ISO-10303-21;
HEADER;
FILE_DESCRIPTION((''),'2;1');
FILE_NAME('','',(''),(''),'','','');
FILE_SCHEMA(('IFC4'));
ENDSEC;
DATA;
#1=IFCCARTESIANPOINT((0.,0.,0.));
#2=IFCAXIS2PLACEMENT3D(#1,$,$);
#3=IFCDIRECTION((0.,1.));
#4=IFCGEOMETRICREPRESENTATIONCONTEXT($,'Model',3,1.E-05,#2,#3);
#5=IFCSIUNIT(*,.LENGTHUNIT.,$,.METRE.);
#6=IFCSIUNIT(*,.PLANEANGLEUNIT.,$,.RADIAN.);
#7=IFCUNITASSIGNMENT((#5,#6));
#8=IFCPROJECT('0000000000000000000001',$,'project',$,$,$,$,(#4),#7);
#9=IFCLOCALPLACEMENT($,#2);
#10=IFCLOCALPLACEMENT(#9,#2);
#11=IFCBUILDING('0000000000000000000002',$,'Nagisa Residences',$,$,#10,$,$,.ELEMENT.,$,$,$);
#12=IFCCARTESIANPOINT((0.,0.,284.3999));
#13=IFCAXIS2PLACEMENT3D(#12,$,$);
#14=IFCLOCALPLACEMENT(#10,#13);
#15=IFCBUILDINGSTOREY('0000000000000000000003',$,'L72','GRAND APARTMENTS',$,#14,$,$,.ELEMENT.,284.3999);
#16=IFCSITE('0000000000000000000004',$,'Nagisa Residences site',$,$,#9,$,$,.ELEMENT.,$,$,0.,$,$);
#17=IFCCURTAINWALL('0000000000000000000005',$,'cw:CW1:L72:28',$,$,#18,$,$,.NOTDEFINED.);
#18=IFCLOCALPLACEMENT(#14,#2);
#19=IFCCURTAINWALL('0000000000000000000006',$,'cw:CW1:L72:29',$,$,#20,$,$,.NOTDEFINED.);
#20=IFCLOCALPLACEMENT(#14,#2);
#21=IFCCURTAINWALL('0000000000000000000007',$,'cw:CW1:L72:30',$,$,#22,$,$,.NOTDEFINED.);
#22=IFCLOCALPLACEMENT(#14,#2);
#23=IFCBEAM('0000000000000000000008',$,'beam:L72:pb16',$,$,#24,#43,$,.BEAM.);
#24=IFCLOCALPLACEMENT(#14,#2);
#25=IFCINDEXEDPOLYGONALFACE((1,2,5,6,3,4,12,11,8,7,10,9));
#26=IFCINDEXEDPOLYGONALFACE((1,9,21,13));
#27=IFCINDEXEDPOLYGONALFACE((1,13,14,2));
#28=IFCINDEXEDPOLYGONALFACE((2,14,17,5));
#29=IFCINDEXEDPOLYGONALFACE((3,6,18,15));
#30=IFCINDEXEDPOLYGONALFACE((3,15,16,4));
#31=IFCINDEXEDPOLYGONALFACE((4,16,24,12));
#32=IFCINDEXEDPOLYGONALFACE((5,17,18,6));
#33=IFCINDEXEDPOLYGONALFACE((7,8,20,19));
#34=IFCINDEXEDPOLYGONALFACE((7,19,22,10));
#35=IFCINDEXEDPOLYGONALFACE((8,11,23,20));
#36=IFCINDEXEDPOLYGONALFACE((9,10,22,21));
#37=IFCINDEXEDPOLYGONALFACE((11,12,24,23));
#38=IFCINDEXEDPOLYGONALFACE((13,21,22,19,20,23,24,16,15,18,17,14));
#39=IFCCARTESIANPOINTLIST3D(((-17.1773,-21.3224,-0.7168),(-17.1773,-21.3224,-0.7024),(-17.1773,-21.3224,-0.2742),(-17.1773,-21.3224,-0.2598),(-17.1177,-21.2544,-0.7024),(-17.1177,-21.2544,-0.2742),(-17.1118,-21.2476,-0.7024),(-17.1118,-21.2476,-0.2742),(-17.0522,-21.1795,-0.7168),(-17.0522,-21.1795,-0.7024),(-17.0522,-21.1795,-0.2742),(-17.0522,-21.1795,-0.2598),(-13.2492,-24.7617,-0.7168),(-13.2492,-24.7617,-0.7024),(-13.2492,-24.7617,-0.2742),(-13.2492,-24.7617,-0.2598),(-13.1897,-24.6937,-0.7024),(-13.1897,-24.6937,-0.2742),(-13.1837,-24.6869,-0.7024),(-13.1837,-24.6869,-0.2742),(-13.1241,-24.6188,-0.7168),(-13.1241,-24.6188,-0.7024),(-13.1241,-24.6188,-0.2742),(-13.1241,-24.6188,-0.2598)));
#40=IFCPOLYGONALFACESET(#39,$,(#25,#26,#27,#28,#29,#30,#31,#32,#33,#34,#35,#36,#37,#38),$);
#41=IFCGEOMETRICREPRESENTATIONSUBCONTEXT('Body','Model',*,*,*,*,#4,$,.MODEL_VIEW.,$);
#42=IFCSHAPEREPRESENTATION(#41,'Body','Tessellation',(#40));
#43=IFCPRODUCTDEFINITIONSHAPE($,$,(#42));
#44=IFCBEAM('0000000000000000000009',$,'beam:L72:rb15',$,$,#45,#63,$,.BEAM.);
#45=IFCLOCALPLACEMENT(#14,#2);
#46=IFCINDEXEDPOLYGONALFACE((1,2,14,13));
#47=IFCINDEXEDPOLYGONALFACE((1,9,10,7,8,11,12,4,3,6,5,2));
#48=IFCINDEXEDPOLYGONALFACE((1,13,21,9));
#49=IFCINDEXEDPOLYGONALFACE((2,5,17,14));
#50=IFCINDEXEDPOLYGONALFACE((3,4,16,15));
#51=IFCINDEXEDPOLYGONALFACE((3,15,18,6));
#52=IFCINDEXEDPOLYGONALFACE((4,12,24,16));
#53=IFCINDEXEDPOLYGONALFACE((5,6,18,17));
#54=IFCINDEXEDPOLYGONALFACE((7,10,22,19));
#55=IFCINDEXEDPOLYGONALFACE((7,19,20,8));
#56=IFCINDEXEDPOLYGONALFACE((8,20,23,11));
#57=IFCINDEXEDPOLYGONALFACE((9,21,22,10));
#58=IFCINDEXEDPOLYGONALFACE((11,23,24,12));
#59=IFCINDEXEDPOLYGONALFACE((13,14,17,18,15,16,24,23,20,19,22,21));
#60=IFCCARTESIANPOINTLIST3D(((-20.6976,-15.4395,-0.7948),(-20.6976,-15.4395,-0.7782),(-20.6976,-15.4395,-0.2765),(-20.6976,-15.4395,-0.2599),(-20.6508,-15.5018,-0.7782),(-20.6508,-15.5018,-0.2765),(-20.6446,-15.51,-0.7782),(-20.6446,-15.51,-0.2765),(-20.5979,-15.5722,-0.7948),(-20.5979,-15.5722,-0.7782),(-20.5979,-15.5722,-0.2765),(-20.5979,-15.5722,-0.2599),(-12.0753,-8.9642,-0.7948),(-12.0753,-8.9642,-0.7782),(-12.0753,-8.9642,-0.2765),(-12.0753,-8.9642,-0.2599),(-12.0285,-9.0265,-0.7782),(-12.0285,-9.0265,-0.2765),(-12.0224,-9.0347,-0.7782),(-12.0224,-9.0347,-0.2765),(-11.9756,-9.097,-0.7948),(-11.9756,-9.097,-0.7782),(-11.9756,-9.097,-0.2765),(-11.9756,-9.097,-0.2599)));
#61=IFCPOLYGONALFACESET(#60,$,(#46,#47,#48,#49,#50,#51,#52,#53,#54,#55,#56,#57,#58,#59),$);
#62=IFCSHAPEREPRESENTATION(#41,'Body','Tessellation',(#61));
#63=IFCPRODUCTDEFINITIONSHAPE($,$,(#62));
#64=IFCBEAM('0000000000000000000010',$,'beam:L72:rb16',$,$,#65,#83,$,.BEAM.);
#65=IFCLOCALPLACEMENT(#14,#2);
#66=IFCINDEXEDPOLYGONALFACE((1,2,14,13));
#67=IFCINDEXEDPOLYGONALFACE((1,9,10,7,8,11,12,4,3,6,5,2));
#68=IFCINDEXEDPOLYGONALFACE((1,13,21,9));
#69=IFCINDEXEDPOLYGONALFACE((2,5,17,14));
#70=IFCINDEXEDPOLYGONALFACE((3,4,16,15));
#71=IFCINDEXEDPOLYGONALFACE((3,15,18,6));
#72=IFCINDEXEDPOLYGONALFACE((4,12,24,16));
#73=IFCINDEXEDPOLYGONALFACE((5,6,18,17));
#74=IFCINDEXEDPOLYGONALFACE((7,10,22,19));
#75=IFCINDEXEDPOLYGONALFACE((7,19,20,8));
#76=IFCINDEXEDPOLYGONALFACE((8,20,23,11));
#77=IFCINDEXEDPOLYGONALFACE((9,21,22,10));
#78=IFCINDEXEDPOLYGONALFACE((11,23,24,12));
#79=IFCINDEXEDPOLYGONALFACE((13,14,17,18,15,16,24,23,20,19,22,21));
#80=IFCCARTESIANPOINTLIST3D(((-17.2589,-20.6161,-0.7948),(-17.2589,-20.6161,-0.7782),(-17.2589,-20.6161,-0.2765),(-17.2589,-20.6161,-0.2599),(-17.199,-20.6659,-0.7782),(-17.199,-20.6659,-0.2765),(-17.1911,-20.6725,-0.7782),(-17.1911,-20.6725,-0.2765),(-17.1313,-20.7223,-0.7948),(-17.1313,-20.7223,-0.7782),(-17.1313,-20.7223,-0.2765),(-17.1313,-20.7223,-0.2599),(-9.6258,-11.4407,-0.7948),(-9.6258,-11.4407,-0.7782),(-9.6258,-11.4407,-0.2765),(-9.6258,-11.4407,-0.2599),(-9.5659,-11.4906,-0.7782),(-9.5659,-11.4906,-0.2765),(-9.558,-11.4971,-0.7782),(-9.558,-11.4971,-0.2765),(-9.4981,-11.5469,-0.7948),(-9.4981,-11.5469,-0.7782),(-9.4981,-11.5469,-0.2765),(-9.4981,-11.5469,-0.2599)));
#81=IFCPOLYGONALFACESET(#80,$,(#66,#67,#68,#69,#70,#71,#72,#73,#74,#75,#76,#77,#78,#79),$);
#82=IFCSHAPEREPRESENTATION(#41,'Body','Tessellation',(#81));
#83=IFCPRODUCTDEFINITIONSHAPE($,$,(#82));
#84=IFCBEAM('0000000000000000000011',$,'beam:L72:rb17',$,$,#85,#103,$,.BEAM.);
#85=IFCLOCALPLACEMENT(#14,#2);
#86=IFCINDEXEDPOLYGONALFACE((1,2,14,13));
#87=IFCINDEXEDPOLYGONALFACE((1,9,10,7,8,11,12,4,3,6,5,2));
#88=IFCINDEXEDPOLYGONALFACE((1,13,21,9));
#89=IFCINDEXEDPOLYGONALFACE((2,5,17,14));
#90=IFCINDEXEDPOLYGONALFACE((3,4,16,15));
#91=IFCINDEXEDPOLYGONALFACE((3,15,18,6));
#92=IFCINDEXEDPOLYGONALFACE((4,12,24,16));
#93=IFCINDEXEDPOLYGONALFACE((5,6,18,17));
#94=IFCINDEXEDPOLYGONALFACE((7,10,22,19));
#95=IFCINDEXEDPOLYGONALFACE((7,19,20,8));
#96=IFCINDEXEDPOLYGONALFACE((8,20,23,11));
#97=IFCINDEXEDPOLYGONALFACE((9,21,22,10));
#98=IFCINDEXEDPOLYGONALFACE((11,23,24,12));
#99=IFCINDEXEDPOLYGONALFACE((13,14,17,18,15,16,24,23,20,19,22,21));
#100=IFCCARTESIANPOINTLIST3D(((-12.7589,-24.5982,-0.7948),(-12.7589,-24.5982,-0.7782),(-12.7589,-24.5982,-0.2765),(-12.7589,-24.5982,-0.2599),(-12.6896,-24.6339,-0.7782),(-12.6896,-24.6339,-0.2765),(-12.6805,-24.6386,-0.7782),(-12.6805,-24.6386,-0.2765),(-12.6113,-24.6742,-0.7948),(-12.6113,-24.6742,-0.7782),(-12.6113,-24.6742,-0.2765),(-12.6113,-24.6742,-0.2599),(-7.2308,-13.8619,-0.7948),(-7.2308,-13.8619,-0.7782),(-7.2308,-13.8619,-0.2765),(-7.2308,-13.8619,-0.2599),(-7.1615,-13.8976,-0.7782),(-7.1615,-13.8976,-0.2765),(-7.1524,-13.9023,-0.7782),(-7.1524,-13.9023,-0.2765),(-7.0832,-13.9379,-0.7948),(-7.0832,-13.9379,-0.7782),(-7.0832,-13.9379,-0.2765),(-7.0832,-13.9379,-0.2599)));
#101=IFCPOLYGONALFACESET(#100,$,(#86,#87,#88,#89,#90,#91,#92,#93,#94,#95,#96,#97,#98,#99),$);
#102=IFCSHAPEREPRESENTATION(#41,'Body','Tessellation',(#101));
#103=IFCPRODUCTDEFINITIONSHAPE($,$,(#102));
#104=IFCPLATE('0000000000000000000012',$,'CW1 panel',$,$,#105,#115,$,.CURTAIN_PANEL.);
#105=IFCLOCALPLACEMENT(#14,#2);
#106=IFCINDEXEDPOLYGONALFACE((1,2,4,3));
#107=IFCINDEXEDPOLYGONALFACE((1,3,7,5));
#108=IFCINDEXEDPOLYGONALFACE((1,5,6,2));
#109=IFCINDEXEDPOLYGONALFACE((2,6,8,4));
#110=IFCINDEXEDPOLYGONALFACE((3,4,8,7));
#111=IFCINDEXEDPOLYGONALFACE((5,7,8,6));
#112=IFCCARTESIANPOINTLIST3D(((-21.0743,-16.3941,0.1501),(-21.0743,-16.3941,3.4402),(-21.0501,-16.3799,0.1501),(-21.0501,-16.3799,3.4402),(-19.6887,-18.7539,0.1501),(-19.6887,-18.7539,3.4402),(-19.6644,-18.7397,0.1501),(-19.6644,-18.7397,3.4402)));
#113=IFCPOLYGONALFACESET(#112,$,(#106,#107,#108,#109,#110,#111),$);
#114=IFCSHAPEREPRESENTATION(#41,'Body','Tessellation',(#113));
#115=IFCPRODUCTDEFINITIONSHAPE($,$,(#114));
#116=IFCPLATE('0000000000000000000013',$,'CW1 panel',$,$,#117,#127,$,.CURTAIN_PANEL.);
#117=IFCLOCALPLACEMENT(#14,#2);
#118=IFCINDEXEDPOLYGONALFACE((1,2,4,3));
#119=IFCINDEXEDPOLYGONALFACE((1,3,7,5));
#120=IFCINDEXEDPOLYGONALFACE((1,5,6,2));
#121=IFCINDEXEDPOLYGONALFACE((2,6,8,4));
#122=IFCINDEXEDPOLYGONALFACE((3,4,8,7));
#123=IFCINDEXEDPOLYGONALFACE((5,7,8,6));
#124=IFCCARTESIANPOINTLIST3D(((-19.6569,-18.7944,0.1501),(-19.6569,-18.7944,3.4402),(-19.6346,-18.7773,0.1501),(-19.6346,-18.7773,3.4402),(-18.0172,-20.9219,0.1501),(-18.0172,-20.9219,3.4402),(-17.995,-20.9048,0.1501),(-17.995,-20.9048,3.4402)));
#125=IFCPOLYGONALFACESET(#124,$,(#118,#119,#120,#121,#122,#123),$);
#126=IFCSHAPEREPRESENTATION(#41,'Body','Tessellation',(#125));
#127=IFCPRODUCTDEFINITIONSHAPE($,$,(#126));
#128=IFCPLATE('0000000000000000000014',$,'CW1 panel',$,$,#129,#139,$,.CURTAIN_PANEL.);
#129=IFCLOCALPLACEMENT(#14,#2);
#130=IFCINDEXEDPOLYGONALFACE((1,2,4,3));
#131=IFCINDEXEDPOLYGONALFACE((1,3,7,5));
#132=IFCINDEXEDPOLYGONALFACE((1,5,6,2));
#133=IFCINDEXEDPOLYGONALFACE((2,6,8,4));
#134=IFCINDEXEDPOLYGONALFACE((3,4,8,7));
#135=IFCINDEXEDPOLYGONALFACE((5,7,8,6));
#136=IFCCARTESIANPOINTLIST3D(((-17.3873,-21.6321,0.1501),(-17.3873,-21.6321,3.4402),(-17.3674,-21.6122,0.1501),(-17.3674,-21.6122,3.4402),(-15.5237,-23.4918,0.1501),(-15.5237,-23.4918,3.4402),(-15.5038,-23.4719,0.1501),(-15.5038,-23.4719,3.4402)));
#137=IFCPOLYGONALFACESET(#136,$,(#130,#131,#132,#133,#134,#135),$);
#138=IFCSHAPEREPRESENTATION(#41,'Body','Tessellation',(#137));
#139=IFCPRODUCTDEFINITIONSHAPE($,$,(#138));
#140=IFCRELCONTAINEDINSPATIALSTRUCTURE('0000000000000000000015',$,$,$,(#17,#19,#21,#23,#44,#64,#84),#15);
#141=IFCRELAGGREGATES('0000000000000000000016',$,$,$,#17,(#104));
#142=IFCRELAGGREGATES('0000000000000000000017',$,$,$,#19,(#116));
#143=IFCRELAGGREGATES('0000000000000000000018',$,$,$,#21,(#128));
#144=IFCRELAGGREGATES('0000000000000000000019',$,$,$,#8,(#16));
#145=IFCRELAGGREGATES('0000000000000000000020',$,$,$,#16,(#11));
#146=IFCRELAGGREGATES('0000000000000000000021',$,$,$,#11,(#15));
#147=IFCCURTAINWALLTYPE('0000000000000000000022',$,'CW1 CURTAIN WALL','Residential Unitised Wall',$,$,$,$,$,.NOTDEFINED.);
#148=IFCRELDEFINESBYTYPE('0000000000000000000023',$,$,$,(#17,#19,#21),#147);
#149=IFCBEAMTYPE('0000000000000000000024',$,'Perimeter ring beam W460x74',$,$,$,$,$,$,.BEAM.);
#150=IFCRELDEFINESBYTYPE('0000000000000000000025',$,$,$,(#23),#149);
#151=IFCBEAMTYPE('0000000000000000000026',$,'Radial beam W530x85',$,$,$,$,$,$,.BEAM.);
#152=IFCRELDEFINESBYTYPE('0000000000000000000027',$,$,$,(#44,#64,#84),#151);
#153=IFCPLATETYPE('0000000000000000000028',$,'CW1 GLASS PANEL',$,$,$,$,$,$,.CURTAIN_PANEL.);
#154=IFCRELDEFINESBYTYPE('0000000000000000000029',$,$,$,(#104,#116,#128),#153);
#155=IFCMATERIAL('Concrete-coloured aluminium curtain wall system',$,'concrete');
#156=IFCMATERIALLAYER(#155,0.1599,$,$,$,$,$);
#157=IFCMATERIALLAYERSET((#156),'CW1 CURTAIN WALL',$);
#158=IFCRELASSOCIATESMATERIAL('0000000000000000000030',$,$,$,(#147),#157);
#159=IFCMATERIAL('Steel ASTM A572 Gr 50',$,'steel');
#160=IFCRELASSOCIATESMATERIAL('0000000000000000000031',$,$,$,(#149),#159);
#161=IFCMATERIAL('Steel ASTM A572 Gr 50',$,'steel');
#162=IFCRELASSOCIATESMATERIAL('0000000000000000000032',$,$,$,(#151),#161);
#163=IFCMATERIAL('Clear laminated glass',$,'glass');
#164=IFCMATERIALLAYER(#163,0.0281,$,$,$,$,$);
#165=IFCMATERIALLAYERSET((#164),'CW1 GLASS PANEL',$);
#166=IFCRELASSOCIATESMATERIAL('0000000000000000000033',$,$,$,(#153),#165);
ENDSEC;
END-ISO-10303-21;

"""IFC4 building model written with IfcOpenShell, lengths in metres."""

from ifc_helpers import new_model, si_unit, direction, frame, origin, origin_2d, place, context, subcontext, project, spatial, rectangle, i_section, extrude, material, layer, layer_set, material_profile, profile_set, type_object, element, aggregate, save


model = new_model("IFC4")

# Units and contexts
model_context = context("Model", 3, precision=1e-05, world=origin(), true_north=direction((0.0, 1.0)))
body_context = subcontext(model_context, "Body", "Model", "MODEL_VIEW")
ifc_project = project(units=[si_unit("LENGTHUNIT", "METRE"), si_unit("PLANEANGLEUNIT", "RADIAN")], contexts=[model_context])

# Site, building, storey
site_placement = place(None, origin())
site = spatial("IfcSite", under=ifc_project, at=site_placement, Name="Nagisa Residences site", CompositionType="ELEMENT", RefElevation=0.0)
building_placement = place(site_placement, origin())
building = spatial("IfcBuilding", under=site, at=building_placement, Name="Nagisa Residences", CompositionType="ELEMENT")
storey_placement = place(building_placement, frame((0.0, 0.0, 284.3999)))
storey = spatial("IfcBuildingStorey", under=building, at=storey_placement, Name="L72", Description="GRAND APARTMENTS", CompositionType="ELEMENT", Elevation=284.3999)

# Curtain walls
ifc_material_1 = material(Name="Concrete-coloured aluminium curtain wall system", Category="concrete")
ifc_layer_1 = layer(ifc_material_1, 0.1599)
ifc_layer_set_1 = layer_set([ifc_layer_1], Name="CW1 CURTAIN WALL")
curtain_wall_type = type_object("IfcCurtainWallType", Name="CW1 CURTAIN WALL", Description="Residential Unitised Wall", PredefinedType="NOTDEFINED", material=ifc_layer_set_1)
curtain_wall_1_placement = place(storey_placement, origin())
curtain_wall_1 = element("IfcCurtainWall", 1, at=curtain_wall_1_placement, inside=storey, type_object=curtain_wall_type, Name="cw:CW1:L72:28", PredefinedType="NOTDEFINED")
curtain_wall_2_placement = place(storey_placement, origin())
curtain_wall_2 = element("IfcCurtainWall", 2, at=curtain_wall_2_placement, inside=storey, type_object=curtain_wall_type, Name="cw:CW1:L72:29", PredefinedType="NOTDEFINED")
curtain_wall_3_placement = place(storey_placement, origin())
curtain_wall_3 = element("IfcCurtainWall", 3, at=curtain_wall_3_placement, inside=storey, type_object=curtain_wall_type, Name="cw:CW1:L72:30", PredefinedType="NOTDEFINED")

# Beams
ifc_material_2 = material(Name="Steel ASTM A572 Gr 50", Category="steel")
ifc_material_profile_1 = material_profile(ifc_material_2, i_section(OverallWidth=0.1899, OverallDepth=0.457, WebThickness=0.009, FlangeThickness=0.0144, at=origin_2d()), Name="W460x74")
ifc_profile_set_1 = profile_set([ifc_material_profile_1], Name="Steel ASTM A572 Gr 50")
beam_type_1 = type_object("IfcBeamType", Name="Perimeter ring beam W460x74", PredefinedType="BEAM", material=ifc_profile_set_1)
beam_1_placement = place(storey_placement, frame((-17.1147, -21.251, -0.4883), z_axis=(0.752365, -0.658746, 0.0), x_axis=(0.658746, 0.752365, 0.0)))
element("IfcBeam", 4, at=beam_1_placement, inside=storey, type_object=beam_type_1, Name="beam:L72:pb16", PredefinedType="BEAM", context=body_context, shape_type="SweptSolid", body=[
    extrude(i_section(OverallWidth=0.1899, OverallDepth=0.457, WebThickness=0.009, FlangeThickness=0.0144, at=origin_2d()), origin(), (0.0, 0.0, 1.0), 5.2209),
])
ifc_material_3 = material(Name="Steel ASTM A572 Gr 50", Category="steel")
ifc_material_profile_2 = material_profile(ifc_material_3, i_section(OverallWidth=0.166, OverallDepth=0.5349, WebThickness=0.0103, FlangeThickness=0.0166, at=origin_2d()), Name="W530x85")
ifc_profile_set_2 = profile_set([ifc_material_profile_2], Name="Steel ASTM A572 Gr 50")
beam_type_2 = type_object("IfcBeamType", Name="Radial beam W530x85", PredefinedType="BEAM", material=ifc_profile_set_2)
beam_2_placement = place(storey_placement, frame((-20.6477, -15.5059, -0.5273), z_axis=(0.799617, 0.600511, 0.0), x_axis=(-0.600511, 0.799617, 0.0)))
element("IfcBeam", 5, at=beam_2_placement, inside=storey, type_object=beam_type_2, Name="beam:L72:rb15", PredefinedType="BEAM", context=body_context, shape_type="SweptSolid", body=[
    extrude(i_section(OverallWidth=0.166, OverallDepth=0.5349, WebThickness=0.0103, FlangeThickness=0.0166, at=origin_2d()), origin(), (0.0, 0.0, 1.0), 10.783),
])
beam_3_placement = place(storey_placement, frame((-17.1951, -20.6692, -0.5273), z_axis=(0.63954, 0.768758, 0.0), x_axis=(-0.768758, 0.63954, 0.0)))
element("IfcBeam", 6, at=beam_3_placement, inside=storey, type_object=beam_type_2, Name="beam:L72:rb16", PredefinedType="BEAM", context=body_context, shape_type="SweptSolid", body=[
    extrude(i_section(OverallWidth=0.166, OverallDepth=0.5349, WebThickness=0.0103, FlangeThickness=0.0166, at=origin_2d()), origin(), (0.0, 0.0, 1.0), 11.9353),
])
beam_4_placement = place(storey_placement, frame((-12.6851, -24.6362, -0.5273), z_axis=(0.457776, 0.889068, 0.0), x_axis=(-0.889068, 0.457776, 0.0)))
element("IfcBeam", 7, at=beam_4_placement, inside=storey, type_object=beam_type_2, Name="beam:L72:rb17", PredefinedType="BEAM", context=body_context, shape_type="SweptSolid", body=[
    extrude(i_section(OverallWidth=0.166, OverallDepth=0.5349, WebThickness=0.0103, FlangeThickness=0.0166, at=origin_2d()), origin(), (0.0, 0.0, 1.0), 12.0759),
])

# Plates
ifc_material_4 = material(Name="Clear laminated glass", Category="glass")
ifc_layer_2 = layer(ifc_material_4, 0.0281)
ifc_layer_set_2 = layer_set([ifc_layer_2], Name="CW1 GLASS PANEL")
plate_type = type_object("IfcPlateType", Name="CW1 GLASS PANEL", PredefinedType="CURTAIN_PANEL", material=ifc_layer_set_2)
plate_1_placement = place(storey_placement, frame((-20.3694, -17.5669, 0.1501), z_axis=(0.0, 0.0, 1.0), x_axis=(0.506349, -0.862329, 0.0)))
plate_1 = element("IfcPlate", 8, at=plate_1_placement, type_object=plate_type, Name="CW1 panel", PredefinedType="CURTAIN_PANEL", context=body_context, shape_type="SweptSolid", body=[
    extrude(rectangle(XDim=2.7366, YDim=0.0281, at=origin_2d()), origin(), (0.0, 0.0, 1.0), 3.29),
])
aggregate(curtain_wall_1, [plate_1])
plate_2_placement = place(storey_placement, frame((-18.8259, -19.8496, 0.1501), z_axis=(0.0, 0.0, 1.0), x_axis=(0.61043, -0.79207, 0.0)))
plate_2 = element("IfcPlate", 9, at=plate_2_placement, type_object=plate_type, Name="CW1 panel", PredefinedType="CURTAIN_PANEL", context=body_context, shape_type="SweptSolid", body=[
    extrude(rectangle(XDim=2.686, YDim=0.0281, at=origin_2d()), origin(), (0.0, 0.0, 1.0), 3.29),
])
aggregate(curtain_wall_2, [plate_2])
plate_3_placement = place(storey_placement, frame((-16.4456, -22.552, 0.1501), z_axis=(0.0, 0.0, 1.0), x_axis=(0.707836, -0.706377, 0.0)))
plate_3 = element("IfcPlate", 10, at=plate_3_placement, type_object=plate_type, Name="CW1 panel", PredefinedType="CURTAIN_PANEL", context=body_context, shape_type="SweptSolid", body=[
    extrude(rectangle(XDim=2.6328, YDim=0.0281, at=origin_2d()), origin(), (0.0, 0.0, 1.0), 3.29),
])
aggregate(curtain_wall_3, [plate_3])

save(model, "model.ifc")
